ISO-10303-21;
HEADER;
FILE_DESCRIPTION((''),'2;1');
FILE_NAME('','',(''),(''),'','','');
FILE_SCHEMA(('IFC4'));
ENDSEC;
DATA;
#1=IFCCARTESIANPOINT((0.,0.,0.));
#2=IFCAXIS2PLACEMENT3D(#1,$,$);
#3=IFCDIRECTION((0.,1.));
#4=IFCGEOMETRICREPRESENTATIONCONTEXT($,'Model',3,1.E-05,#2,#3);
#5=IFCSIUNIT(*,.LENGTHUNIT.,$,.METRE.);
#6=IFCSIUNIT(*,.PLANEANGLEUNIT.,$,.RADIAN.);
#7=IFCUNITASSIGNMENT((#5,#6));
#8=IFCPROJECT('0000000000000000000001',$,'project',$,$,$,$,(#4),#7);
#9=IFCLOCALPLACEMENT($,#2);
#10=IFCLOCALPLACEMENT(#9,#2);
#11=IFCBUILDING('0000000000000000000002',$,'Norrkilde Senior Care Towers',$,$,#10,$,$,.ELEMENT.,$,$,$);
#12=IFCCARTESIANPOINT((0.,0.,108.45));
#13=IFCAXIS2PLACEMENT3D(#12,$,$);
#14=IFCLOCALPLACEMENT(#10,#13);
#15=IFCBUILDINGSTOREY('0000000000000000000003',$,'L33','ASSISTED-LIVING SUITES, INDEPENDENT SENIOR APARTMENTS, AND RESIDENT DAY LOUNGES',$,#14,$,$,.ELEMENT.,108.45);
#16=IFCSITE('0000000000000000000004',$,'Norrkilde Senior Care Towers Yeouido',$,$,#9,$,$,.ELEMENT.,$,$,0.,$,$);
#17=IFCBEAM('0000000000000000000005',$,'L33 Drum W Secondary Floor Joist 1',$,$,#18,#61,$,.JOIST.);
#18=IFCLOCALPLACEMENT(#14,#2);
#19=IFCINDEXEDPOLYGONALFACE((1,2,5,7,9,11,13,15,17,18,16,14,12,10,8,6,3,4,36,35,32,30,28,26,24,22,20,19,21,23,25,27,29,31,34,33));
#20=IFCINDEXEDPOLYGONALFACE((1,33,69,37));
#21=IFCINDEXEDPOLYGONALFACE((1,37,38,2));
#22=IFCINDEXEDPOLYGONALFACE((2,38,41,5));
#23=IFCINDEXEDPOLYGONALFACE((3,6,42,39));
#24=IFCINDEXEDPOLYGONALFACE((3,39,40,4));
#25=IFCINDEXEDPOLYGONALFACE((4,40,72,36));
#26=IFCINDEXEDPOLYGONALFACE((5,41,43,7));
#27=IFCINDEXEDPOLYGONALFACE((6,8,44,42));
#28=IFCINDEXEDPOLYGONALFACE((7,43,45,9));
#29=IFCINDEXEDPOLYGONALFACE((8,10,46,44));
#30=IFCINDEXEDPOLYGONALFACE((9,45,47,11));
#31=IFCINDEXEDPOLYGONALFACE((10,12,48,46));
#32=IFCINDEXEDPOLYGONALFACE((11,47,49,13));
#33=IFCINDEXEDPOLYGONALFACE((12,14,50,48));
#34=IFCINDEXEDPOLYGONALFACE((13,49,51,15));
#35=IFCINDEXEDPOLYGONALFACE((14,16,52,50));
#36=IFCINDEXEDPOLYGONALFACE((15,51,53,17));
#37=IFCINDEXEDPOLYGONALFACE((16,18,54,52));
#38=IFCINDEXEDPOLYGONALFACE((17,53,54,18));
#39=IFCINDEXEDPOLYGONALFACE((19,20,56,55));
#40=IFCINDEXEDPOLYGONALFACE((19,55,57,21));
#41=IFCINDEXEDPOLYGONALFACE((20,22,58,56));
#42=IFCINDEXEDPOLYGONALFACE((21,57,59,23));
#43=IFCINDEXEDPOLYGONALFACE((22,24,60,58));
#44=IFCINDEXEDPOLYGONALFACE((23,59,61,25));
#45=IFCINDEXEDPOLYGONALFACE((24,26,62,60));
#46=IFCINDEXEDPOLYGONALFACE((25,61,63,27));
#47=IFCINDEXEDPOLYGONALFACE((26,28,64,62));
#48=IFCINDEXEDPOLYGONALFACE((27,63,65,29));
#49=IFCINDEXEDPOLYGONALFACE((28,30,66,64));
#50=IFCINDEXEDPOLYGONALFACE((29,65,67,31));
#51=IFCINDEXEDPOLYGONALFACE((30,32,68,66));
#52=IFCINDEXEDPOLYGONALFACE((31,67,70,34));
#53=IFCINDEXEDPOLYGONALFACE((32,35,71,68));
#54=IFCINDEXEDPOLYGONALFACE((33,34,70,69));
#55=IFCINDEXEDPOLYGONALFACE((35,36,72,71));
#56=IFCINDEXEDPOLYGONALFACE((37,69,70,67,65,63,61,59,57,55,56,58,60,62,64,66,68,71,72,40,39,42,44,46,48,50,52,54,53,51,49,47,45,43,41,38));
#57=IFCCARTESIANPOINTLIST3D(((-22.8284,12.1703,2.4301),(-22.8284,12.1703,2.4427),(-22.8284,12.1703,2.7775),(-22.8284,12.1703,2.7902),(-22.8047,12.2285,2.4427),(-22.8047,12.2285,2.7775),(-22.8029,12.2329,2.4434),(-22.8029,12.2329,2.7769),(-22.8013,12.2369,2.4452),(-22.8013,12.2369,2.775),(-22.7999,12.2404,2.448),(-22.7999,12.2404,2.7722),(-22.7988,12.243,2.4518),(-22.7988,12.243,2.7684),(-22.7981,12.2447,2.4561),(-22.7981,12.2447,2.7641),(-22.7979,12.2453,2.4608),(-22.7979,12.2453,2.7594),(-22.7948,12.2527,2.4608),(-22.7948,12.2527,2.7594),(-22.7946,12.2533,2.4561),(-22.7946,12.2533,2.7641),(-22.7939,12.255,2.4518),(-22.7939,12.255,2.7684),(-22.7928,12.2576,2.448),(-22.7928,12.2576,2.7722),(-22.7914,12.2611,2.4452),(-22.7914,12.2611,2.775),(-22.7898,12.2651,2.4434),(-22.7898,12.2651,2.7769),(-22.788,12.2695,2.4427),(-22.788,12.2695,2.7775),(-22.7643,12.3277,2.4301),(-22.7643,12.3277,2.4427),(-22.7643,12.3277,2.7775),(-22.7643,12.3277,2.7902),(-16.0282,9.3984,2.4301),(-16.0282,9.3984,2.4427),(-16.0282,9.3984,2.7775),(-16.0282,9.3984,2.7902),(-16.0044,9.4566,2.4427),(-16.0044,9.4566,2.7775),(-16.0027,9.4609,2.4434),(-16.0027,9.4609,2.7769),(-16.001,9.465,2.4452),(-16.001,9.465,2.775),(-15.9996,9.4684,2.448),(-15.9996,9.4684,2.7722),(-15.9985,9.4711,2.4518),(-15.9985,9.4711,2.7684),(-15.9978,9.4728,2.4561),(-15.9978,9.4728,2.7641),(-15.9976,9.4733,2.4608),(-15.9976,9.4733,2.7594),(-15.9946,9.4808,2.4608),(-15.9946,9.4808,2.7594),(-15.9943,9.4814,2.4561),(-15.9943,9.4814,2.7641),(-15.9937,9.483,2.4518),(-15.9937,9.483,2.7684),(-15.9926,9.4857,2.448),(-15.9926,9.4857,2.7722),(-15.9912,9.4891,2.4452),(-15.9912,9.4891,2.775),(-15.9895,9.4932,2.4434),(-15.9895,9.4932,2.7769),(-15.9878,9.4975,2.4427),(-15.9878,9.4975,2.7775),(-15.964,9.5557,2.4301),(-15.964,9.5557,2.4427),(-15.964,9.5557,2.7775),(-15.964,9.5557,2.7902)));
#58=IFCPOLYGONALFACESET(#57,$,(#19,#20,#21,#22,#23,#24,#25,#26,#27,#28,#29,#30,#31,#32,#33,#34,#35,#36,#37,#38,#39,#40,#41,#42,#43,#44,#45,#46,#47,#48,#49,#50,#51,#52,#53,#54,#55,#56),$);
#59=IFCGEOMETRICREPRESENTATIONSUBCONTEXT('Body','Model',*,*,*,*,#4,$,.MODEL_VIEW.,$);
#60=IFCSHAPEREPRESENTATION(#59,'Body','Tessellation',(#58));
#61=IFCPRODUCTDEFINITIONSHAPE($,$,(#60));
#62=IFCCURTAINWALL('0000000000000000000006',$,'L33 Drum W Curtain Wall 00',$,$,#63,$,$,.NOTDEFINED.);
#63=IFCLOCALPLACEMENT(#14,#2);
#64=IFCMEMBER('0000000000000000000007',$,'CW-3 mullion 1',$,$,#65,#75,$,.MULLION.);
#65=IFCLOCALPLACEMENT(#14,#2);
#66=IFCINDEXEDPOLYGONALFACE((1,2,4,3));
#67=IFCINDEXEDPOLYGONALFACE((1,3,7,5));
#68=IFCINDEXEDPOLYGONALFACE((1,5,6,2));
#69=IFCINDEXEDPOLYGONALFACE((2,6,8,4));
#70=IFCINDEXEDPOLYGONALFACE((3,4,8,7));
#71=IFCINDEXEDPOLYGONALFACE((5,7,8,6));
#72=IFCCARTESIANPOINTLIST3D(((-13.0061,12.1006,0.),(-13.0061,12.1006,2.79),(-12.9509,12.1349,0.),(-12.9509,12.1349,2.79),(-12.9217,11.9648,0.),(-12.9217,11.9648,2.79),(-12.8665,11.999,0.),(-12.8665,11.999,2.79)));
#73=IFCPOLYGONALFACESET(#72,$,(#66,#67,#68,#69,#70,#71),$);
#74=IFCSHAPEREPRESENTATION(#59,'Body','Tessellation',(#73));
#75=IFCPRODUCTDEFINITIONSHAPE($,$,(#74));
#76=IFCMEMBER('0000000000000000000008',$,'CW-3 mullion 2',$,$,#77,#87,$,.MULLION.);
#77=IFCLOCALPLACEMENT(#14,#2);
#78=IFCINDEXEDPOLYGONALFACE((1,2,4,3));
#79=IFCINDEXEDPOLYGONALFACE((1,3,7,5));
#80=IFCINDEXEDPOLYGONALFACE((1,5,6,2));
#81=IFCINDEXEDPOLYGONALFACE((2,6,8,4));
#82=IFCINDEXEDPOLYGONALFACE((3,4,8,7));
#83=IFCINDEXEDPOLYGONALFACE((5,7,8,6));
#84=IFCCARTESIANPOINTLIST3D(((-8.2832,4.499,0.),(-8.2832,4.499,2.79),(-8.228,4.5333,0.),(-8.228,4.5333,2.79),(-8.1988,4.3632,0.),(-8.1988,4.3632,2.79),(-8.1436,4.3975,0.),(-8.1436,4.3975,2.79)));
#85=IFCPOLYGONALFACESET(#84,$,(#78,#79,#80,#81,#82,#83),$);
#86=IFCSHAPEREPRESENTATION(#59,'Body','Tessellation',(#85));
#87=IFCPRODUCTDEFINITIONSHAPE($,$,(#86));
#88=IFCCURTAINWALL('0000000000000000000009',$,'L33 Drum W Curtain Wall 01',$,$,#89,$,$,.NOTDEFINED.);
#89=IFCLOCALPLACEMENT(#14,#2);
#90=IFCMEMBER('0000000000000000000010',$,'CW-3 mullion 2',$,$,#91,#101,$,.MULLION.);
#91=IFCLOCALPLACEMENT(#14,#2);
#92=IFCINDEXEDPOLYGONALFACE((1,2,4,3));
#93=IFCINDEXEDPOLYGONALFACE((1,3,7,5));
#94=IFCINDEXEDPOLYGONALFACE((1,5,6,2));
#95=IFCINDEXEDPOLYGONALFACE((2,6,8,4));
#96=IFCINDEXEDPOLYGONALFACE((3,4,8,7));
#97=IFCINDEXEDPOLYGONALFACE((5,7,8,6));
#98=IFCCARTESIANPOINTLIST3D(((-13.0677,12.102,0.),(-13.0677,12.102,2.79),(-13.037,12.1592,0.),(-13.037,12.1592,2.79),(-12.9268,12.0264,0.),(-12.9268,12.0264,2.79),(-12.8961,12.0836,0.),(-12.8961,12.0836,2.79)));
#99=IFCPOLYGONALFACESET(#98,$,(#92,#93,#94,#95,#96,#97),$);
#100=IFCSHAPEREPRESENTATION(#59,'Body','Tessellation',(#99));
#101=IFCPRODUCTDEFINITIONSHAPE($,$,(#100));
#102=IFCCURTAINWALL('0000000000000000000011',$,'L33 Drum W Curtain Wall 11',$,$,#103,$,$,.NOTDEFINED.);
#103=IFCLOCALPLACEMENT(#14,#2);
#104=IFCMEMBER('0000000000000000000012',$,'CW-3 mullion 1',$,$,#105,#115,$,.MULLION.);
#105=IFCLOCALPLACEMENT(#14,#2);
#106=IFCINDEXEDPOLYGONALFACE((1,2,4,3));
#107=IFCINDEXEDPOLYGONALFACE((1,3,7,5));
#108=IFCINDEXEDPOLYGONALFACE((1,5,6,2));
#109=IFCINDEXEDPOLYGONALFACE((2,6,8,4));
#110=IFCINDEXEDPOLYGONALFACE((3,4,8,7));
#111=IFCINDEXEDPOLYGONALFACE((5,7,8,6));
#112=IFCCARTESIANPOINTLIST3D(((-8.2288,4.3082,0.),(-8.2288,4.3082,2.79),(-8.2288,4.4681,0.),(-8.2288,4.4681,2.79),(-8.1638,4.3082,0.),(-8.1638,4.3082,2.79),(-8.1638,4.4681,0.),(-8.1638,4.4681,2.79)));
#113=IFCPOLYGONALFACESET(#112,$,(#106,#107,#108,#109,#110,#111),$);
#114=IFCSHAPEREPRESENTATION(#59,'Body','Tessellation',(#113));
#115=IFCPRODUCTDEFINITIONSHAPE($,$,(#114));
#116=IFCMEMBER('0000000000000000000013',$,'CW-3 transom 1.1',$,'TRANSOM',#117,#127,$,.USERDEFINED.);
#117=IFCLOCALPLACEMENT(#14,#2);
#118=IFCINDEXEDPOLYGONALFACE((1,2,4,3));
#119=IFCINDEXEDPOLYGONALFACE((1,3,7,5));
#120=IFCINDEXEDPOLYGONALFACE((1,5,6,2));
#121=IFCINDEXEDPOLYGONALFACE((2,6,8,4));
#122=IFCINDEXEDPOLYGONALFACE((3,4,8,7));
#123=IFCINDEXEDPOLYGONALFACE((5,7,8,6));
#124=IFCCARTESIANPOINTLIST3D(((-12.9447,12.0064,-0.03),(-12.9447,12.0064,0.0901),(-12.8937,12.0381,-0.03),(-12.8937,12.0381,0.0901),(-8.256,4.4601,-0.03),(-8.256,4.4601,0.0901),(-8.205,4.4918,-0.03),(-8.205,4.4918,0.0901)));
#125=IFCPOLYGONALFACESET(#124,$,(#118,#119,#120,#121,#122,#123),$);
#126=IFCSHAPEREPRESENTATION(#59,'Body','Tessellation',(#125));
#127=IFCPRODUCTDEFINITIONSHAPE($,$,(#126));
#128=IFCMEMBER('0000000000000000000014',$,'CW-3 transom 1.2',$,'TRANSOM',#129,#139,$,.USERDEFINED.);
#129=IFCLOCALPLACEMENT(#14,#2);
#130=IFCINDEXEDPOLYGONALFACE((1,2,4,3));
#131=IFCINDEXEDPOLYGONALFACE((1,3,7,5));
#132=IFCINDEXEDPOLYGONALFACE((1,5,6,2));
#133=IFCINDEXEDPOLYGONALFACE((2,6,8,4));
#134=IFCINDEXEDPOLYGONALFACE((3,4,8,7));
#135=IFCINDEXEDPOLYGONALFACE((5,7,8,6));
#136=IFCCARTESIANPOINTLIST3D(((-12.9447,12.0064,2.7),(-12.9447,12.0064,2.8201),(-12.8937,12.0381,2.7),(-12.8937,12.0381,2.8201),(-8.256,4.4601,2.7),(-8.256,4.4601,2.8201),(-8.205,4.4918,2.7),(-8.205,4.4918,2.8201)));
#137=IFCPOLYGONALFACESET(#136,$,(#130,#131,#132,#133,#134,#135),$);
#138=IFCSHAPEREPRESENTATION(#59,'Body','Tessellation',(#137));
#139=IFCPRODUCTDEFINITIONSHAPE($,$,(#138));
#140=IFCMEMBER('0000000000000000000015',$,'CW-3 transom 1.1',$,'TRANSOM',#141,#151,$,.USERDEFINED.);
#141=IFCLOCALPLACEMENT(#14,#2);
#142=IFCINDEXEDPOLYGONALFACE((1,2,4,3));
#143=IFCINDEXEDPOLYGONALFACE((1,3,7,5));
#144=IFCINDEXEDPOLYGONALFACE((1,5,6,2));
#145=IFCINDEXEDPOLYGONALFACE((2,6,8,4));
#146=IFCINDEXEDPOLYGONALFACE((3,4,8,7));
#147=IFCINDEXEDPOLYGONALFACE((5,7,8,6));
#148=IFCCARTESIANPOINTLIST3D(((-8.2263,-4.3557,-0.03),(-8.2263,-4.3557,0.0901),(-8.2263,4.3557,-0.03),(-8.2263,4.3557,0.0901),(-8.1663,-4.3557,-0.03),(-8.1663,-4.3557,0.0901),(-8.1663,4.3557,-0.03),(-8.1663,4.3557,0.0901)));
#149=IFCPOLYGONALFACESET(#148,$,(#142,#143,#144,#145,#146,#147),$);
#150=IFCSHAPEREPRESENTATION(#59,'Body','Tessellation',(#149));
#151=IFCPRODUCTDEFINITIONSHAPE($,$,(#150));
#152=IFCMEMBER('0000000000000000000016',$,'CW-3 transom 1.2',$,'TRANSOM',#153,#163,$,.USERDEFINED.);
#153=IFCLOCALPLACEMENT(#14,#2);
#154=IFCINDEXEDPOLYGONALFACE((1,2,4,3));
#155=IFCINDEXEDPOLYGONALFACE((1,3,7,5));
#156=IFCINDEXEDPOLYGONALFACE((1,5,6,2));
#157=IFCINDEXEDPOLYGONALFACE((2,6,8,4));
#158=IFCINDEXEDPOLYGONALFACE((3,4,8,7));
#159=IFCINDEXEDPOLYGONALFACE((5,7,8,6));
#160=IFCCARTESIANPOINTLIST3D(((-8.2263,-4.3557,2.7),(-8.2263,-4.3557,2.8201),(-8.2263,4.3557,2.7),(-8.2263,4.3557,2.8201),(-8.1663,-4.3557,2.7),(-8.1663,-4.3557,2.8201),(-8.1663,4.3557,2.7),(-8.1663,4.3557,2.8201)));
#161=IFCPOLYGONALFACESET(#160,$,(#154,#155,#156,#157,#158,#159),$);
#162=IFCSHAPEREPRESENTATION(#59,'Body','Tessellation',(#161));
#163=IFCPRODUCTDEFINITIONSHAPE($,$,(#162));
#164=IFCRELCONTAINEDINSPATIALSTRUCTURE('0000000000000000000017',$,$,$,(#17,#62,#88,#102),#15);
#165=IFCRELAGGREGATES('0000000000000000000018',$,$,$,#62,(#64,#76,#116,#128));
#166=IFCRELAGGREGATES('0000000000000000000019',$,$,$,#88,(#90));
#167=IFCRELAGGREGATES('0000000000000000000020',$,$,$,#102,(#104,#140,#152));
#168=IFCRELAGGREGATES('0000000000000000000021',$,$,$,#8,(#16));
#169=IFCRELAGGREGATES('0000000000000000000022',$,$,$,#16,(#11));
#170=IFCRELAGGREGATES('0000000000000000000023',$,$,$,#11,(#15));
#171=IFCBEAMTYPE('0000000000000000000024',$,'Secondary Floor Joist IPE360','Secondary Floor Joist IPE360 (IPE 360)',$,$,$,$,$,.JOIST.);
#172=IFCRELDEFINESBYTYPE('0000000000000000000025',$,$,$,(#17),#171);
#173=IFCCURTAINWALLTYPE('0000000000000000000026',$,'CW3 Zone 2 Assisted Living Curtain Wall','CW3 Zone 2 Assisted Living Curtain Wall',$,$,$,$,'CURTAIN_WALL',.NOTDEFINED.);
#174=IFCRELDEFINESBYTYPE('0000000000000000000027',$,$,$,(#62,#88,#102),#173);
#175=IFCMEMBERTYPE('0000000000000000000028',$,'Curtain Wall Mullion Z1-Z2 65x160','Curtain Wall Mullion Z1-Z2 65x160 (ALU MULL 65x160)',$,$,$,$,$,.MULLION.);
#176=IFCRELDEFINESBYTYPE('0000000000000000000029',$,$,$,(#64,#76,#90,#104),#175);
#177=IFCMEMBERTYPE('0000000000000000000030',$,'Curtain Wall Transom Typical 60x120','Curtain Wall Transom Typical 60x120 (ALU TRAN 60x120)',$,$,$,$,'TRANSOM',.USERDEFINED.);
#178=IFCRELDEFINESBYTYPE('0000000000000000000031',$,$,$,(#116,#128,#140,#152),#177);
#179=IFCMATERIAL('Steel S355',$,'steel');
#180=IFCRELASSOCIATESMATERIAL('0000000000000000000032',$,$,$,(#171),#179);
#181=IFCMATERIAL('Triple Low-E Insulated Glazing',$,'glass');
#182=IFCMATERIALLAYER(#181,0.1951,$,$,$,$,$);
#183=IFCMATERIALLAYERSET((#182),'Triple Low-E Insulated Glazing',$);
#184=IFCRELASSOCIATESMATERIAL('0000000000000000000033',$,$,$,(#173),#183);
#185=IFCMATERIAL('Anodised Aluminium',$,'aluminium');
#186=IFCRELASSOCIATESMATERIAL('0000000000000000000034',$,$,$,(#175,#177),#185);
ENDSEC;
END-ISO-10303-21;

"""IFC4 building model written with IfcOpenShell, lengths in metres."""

from ifc_helpers import new_model, si_unit, direction, frame, origin, origin_2d, place, context, subcontext, project, spatial, rectangle, i_section, extrude, source, transform, mapped, material, layer, layer_set, material_profile, profile_set, type_object, type_shapes, element, aggregate, save


model = new_model("IFC4")

# Units and contexts
model_context = context("Model", 3, precision=1e-05, world=origin(), true_north=direction((0.0, 1.0)))
body_context = subcontext(model_context, "Body", "Model", "MODEL_VIEW")
ifc_project = project(units=[si_unit("LENGTHUNIT", "METRE"), si_unit("PLANEANGLEUNIT", "RADIAN")], contexts=[model_context])

# Site, building, storey
site_placement = place(None, origin())
site = spatial("IfcSite", under=ifc_project, at=site_placement, Name="Norrkilde Senior Care Towers Yeouido", CompositionType="ELEMENT", RefElevation=0.0)
building_placement = place(site_placement, origin())
building = spatial("IfcBuilding", under=site, at=building_placement, Name="Norrkilde Senior Care Towers", CompositionType="ELEMENT")
storey_placement = place(building_placement, frame((0.0, 0.0, 108.45)))
storey = spatial("IfcBuildingStorey", under=building, at=storey_placement, Name="L33", Description="ASSISTED-LIVING SUITES, INDEPENDENT SENIOR APARTMENTS, AND RESIDENT DAY LOUNGES", CompositionType="ELEMENT", Elevation=108.45)

# Beam
ifc_material_1 = material(Name="Steel S355", Category="steel")
ifc_material_profile_1 = material_profile(ifc_material_1, i_section(OverallWidth=0.1699, OverallDepth=0.3601, WebThickness=0.0081, FlangeThickness=0.0127, FilletRadius=0.0181, at=origin_2d()), Name="IPE 360")
ifc_profile_set_1 = profile_set([ifc_material_profile_1], Name="Steel S355")
beam_type_1 = type_object("IfcBeamType", Name="Secondary Floor Joist IPE360", Description="Secondary Floor Joist IPE360 (IPE 360)", PredefinedType="JOIST", material=ifc_profile_set_1)
shared_shape_1 = source(origin(), body_context, "Body", "SweptSolid", [
    extrude(i_section(OverallWidth=0.1699, OverallDepth=0.3601, WebThickness=0.0081, FlangeThickness=0.0127, FilletRadius=0.0181, at=origin_2d()), origin(), (0.0, 0.0, 1.0), 7.3435),
])
type_shapes(beam_type_1, [shared_shape_1])
beam_1_placement = place(storey_placement, frame((-15.9961, 9.4771, 2.6101), z_axis=(-0.926022, 0.37747, 0.0), x_axis=(-0.37747, -0.926022, 0.0)))
element("IfcBeam", 1, at=beam_1_placement, inside=storey, type_object=beam_type_1, Name="L33 Drum W Secondary Floor Joist 1", PredefinedType="JOIST", context=body_context, shape_type="MappedRepresentation", body=[
    mapped(shared_shape_1, transform((0.0, 0.0, 0.0), x_axis=(1.0, 0.0, 0.0), y_axis=(0.0, 1.0, 0.0), z_axis=(0.0, 0.0, 1.0), scale=1.0)),
])

# Curtain wall, members
ifc_material_2 = material(Name="Triple Low-E Insulated Glazing", Category="glass")
ifc_layer_1 = layer(ifc_material_2, 0.1951)
ifc_layer_set_1 = layer_set([ifc_layer_1], Name="Triple Low-E Insulated Glazing")
curtain_wall_type = type_object("IfcCurtainWallType", Name="CW3 Zone 2 Assisted Living Curtain Wall", Description="CW3 Zone 2 Assisted Living Curtain Wall", ElementType="CURTAIN_WALL", PredefinedType="NOTDEFINED", material=ifc_layer_set_1)
curtain_wall_1_placement = place(storey_placement, origin())
curtain_wall_1 = element("IfcCurtainWall", 2, at=curtain_wall_1_placement, inside=storey, type_object=curtain_wall_type, Name="L33 Drum W Curtain Wall 00", PredefinedType="NOTDEFINED")
ifc_material_3 = material(Name="Anodised Aluminium", Category="aluminium")
ifc_material_profile_2 = material_profile(ifc_material_3, rectangle(XDim=0.0649, YDim=0.1599, at=origin_2d()), Name="ALU MULL 65x160")
ifc_profile_set_2 = profile_set([ifc_material_profile_2], Name="Anodised Aluminium")
member_type_1 = type_object("IfcMemberType", Name="Curtain Wall Mullion Z1-Z2 65x160", Description="Curtain Wall Mullion Z1-Z2 65x160 (ALU MULL 65x160)", PredefinedType="MULLION", material=ifc_profile_set_2)
shared_shape_2 = source(origin(), body_context, "Body", "SweptSolid", [
    extrude(rectangle(XDim=0.0649, YDim=0.1599, at=origin_2d()), origin(), (0.0, 0.0, 1.0), 2.79),
])
type_shapes(member_type_1, [shared_shape_2])
member_1_placement = place(storey_placement, frame((-12.9363, 12.0498, 0.0), z_axis=(0.0, 0.0, 1.0), x_axis=(0.84941, 0.527733, 0.0)))
member_1 = element("IfcMember", 3, at=member_1_placement, type_object=member_type_1, Name="CW-3 mullion 1", PredefinedType="MULLION", context=body_context, shape_type="MappedRepresentation", body=[
    mapped(shared_shape_2, transform((0.0, 0.0, 0.0), x_axis=(1.0, 0.0, 0.0), y_axis=(0.0, 1.0, 0.0), z_axis=(0.0, 0.0, 1.0), scale=1.0)),
])
member_2_placement = place(storey_placement, frame((-8.2134, 4.4482, 0.0), z_axis=(0.0, 0.0, 1.0), x_axis=(0.84941, 0.527733, 0.0)))
member_2 = element("IfcMember", 4, at=member_2_placement, type_object=member_type_1, Name="CW-3 mullion 2", PredefinedType="MULLION", context=body_context, shape_type="MappedRepresentation", body=[
    mapped(shared_shape_2, transform((0.0, 0.0, 0.0), x_axis=(1.0, 0.0, 0.0), y_axis=(0.0, 1.0, 0.0), z_axis=(0.0, 0.0, 1.0), scale=1.0)),
])

# Curtain walls, members
curtain_wall_2_placement = place(storey_placement, origin())
curtain_wall_2 = element("IfcCurtainWall", 5, at=curtain_wall_2_placement, inside=storey, type_object=curtain_wall_type, Name="L33 Drum W Curtain Wall 01", PredefinedType="NOTDEFINED")
member_3_placement = place(storey_placement, frame((-12.9819, 12.0928, 0.0), z_axis=(0.0, 0.0, 1.0), x_axis=(0.472769, 0.881186, 0.0)))
member_3 = element("IfcMember", 6, at=member_3_placement, type_object=member_type_1, Name="CW-3 mullion 2", PredefinedType="MULLION", context=body_context, shape_type="MappedRepresentation", body=[
    mapped(shared_shape_2, transform((0.0, 0.0, 0.0), x_axis=(1.0, 0.0, 0.0), y_axis=(0.0, 1.0, 0.0), z_axis=(0.0, 0.0, 1.0), scale=1.0)),
])
curtain_wall_3_placement = place(storey_placement, origin())
curtain_wall_3 = element("IfcCurtainWall", 7, at=curtain_wall_3_placement, inside=storey, type_object=curtain_wall_type, Name="L33 Drum W Curtain Wall 11", PredefinedType="NOTDEFINED")
member_4_placement = place(storey_placement, frame((-8.1963, 4.3882, 0.0), z_axis=(0.0, 0.0, 1.0), x_axis=(1.0, 0.0, 0.0)))
member_4 = element("IfcMember", 8, at=member_4_placement, type_object=member_type_1, Name="CW-3 mullion 1", PredefinedType="MULLION", context=body_context, shape_type="MappedRepresentation", body=[
    mapped(shared_shape_2, transform((0.0, 0.0, 0.0), x_axis=(1.0, 0.0, 0.0), y_axis=(0.0, 1.0, 0.0), z_axis=(0.0, 0.0, 1.0), scale=1.0)),
])

# Members
ifc_material_profile_3 = material_profile(ifc_material_3, rectangle(XDim=0.0601, YDim=0.1201, at=origin_2d()), Name="ALU TRAN 60x120")
ifc_profile_set_3 = profile_set([ifc_material_profile_3], Name="Anodised Aluminium")
member_type_2 = type_object("IfcMemberType", Name="Curtain Wall Transom Typical 60x120", Description="Curtain Wall Transom Typical 60x120 (ALU TRAN 60x120)", ElementType="TRANSOM", PredefinedType="USERDEFINED", material=ifc_profile_set_3)
shared_shape_3 = source(origin(), body_context, "Body", "SweptSolid", [
    extrude(rectangle(XDim=0.0601, YDim=0.1201, at=origin_2d()), origin(), (0.0, 0.0, 1.0), 8.8843),
])
member_5_placement = place(storey_placement, frame((-12.9192, 12.0222, 0.03), z_axis=(0.527749, -0.8494, 0.0), x_axis=(0.8494, 0.527749, 0.0)))
member_5 = element("IfcMember", 9, at=member_5_placement, type_object=member_type_2, Name="CW-3 transom 1.1", ObjectType="TRANSOM", PredefinedType="USERDEFINED", context=body_context, shape_type="MappedRepresentation", body=[
    mapped(shared_shape_3, transform((0.0, 0.0, 0.0), x_axis=(1.0, 0.0, 0.0), y_axis=(0.0, 1.0, 0.0), z_axis=(0.0, 0.0, 1.0), scale=1.0)),
])
member_6_placement = place(storey_placement, frame((-12.9192, 12.0222, 2.76), z_axis=(0.527749, -0.8494, 0.0), x_axis=(0.8494, 0.527749, 0.0)))
member_6 = element("IfcMember", 10, at=member_6_placement, type_object=member_type_2, Name="CW-3 transom 1.2", ObjectType="TRANSOM", PredefinedType="USERDEFINED", context=body_context, shape_type="MappedRepresentation", body=[
    mapped(shared_shape_3, transform((0.0, 0.0, 0.0), x_axis=(1.0, 0.0, 0.0), y_axis=(0.0, 1.0, 0.0), z_axis=(0.0, 0.0, 1.0), scale=1.0)),
])
shared_shape_4 = source(origin(), body_context, "Body", "SweptSolid", [
    extrude(rectangle(XDim=0.0601, YDim=0.1201, at=origin_2d()), origin(), (0.0, 0.0, 1.0), 8.7114),
])
type_shapes(member_type_2, [shared_shape_3, shared_shape_4])
member_7_placement = place(storey_placement, frame((-8.1963, 4.3557, 0.03), z_axis=(0.0, -1.0, 0.0), x_axis=(1.0, 0.0, 0.0)))
member_7 = element("IfcMember", 11, at=member_7_placement, type_object=member_type_2, Name="CW-3 transom 1.1", ObjectType="TRANSOM", PredefinedType="USERDEFINED", context=body_context, shape_type="MappedRepresentation", body=[
    mapped(shared_shape_4, transform((0.0, 0.0, 0.0), x_axis=(1.0, 0.0, 0.0), y_axis=(0.0, 1.0, 0.0), z_axis=(0.0, 0.0, 1.0), scale=1.0)),
])
member_8_placement = place(storey_placement, frame((-8.1963, 4.3557, 2.76), z_axis=(0.0, -1.0, 0.0), x_axis=(1.0, 0.0, 0.0)))
member_8 = element("IfcMember", 12, at=member_8_placement, type_object=member_type_2, Name="CW-3 transom 1.2", ObjectType="TRANSOM", PredefinedType="USERDEFINED", context=body_context, shape_type="MappedRepresentation", body=[
    mapped(shared_shape_4, transform((0.0, 0.0, 0.0), x_axis=(1.0, 0.0, 0.0), y_axis=(0.0, 1.0, 0.0), z_axis=(0.0, 0.0, 1.0), scale=1.0)),
])

aggregate(curtain_wall_1, [member_1, member_2, member_5, member_6])
aggregate(curtain_wall_2, [member_3])
aggregate(curtain_wall_3, [member_4, member_7, member_8])

save(model, "model.ifc")
